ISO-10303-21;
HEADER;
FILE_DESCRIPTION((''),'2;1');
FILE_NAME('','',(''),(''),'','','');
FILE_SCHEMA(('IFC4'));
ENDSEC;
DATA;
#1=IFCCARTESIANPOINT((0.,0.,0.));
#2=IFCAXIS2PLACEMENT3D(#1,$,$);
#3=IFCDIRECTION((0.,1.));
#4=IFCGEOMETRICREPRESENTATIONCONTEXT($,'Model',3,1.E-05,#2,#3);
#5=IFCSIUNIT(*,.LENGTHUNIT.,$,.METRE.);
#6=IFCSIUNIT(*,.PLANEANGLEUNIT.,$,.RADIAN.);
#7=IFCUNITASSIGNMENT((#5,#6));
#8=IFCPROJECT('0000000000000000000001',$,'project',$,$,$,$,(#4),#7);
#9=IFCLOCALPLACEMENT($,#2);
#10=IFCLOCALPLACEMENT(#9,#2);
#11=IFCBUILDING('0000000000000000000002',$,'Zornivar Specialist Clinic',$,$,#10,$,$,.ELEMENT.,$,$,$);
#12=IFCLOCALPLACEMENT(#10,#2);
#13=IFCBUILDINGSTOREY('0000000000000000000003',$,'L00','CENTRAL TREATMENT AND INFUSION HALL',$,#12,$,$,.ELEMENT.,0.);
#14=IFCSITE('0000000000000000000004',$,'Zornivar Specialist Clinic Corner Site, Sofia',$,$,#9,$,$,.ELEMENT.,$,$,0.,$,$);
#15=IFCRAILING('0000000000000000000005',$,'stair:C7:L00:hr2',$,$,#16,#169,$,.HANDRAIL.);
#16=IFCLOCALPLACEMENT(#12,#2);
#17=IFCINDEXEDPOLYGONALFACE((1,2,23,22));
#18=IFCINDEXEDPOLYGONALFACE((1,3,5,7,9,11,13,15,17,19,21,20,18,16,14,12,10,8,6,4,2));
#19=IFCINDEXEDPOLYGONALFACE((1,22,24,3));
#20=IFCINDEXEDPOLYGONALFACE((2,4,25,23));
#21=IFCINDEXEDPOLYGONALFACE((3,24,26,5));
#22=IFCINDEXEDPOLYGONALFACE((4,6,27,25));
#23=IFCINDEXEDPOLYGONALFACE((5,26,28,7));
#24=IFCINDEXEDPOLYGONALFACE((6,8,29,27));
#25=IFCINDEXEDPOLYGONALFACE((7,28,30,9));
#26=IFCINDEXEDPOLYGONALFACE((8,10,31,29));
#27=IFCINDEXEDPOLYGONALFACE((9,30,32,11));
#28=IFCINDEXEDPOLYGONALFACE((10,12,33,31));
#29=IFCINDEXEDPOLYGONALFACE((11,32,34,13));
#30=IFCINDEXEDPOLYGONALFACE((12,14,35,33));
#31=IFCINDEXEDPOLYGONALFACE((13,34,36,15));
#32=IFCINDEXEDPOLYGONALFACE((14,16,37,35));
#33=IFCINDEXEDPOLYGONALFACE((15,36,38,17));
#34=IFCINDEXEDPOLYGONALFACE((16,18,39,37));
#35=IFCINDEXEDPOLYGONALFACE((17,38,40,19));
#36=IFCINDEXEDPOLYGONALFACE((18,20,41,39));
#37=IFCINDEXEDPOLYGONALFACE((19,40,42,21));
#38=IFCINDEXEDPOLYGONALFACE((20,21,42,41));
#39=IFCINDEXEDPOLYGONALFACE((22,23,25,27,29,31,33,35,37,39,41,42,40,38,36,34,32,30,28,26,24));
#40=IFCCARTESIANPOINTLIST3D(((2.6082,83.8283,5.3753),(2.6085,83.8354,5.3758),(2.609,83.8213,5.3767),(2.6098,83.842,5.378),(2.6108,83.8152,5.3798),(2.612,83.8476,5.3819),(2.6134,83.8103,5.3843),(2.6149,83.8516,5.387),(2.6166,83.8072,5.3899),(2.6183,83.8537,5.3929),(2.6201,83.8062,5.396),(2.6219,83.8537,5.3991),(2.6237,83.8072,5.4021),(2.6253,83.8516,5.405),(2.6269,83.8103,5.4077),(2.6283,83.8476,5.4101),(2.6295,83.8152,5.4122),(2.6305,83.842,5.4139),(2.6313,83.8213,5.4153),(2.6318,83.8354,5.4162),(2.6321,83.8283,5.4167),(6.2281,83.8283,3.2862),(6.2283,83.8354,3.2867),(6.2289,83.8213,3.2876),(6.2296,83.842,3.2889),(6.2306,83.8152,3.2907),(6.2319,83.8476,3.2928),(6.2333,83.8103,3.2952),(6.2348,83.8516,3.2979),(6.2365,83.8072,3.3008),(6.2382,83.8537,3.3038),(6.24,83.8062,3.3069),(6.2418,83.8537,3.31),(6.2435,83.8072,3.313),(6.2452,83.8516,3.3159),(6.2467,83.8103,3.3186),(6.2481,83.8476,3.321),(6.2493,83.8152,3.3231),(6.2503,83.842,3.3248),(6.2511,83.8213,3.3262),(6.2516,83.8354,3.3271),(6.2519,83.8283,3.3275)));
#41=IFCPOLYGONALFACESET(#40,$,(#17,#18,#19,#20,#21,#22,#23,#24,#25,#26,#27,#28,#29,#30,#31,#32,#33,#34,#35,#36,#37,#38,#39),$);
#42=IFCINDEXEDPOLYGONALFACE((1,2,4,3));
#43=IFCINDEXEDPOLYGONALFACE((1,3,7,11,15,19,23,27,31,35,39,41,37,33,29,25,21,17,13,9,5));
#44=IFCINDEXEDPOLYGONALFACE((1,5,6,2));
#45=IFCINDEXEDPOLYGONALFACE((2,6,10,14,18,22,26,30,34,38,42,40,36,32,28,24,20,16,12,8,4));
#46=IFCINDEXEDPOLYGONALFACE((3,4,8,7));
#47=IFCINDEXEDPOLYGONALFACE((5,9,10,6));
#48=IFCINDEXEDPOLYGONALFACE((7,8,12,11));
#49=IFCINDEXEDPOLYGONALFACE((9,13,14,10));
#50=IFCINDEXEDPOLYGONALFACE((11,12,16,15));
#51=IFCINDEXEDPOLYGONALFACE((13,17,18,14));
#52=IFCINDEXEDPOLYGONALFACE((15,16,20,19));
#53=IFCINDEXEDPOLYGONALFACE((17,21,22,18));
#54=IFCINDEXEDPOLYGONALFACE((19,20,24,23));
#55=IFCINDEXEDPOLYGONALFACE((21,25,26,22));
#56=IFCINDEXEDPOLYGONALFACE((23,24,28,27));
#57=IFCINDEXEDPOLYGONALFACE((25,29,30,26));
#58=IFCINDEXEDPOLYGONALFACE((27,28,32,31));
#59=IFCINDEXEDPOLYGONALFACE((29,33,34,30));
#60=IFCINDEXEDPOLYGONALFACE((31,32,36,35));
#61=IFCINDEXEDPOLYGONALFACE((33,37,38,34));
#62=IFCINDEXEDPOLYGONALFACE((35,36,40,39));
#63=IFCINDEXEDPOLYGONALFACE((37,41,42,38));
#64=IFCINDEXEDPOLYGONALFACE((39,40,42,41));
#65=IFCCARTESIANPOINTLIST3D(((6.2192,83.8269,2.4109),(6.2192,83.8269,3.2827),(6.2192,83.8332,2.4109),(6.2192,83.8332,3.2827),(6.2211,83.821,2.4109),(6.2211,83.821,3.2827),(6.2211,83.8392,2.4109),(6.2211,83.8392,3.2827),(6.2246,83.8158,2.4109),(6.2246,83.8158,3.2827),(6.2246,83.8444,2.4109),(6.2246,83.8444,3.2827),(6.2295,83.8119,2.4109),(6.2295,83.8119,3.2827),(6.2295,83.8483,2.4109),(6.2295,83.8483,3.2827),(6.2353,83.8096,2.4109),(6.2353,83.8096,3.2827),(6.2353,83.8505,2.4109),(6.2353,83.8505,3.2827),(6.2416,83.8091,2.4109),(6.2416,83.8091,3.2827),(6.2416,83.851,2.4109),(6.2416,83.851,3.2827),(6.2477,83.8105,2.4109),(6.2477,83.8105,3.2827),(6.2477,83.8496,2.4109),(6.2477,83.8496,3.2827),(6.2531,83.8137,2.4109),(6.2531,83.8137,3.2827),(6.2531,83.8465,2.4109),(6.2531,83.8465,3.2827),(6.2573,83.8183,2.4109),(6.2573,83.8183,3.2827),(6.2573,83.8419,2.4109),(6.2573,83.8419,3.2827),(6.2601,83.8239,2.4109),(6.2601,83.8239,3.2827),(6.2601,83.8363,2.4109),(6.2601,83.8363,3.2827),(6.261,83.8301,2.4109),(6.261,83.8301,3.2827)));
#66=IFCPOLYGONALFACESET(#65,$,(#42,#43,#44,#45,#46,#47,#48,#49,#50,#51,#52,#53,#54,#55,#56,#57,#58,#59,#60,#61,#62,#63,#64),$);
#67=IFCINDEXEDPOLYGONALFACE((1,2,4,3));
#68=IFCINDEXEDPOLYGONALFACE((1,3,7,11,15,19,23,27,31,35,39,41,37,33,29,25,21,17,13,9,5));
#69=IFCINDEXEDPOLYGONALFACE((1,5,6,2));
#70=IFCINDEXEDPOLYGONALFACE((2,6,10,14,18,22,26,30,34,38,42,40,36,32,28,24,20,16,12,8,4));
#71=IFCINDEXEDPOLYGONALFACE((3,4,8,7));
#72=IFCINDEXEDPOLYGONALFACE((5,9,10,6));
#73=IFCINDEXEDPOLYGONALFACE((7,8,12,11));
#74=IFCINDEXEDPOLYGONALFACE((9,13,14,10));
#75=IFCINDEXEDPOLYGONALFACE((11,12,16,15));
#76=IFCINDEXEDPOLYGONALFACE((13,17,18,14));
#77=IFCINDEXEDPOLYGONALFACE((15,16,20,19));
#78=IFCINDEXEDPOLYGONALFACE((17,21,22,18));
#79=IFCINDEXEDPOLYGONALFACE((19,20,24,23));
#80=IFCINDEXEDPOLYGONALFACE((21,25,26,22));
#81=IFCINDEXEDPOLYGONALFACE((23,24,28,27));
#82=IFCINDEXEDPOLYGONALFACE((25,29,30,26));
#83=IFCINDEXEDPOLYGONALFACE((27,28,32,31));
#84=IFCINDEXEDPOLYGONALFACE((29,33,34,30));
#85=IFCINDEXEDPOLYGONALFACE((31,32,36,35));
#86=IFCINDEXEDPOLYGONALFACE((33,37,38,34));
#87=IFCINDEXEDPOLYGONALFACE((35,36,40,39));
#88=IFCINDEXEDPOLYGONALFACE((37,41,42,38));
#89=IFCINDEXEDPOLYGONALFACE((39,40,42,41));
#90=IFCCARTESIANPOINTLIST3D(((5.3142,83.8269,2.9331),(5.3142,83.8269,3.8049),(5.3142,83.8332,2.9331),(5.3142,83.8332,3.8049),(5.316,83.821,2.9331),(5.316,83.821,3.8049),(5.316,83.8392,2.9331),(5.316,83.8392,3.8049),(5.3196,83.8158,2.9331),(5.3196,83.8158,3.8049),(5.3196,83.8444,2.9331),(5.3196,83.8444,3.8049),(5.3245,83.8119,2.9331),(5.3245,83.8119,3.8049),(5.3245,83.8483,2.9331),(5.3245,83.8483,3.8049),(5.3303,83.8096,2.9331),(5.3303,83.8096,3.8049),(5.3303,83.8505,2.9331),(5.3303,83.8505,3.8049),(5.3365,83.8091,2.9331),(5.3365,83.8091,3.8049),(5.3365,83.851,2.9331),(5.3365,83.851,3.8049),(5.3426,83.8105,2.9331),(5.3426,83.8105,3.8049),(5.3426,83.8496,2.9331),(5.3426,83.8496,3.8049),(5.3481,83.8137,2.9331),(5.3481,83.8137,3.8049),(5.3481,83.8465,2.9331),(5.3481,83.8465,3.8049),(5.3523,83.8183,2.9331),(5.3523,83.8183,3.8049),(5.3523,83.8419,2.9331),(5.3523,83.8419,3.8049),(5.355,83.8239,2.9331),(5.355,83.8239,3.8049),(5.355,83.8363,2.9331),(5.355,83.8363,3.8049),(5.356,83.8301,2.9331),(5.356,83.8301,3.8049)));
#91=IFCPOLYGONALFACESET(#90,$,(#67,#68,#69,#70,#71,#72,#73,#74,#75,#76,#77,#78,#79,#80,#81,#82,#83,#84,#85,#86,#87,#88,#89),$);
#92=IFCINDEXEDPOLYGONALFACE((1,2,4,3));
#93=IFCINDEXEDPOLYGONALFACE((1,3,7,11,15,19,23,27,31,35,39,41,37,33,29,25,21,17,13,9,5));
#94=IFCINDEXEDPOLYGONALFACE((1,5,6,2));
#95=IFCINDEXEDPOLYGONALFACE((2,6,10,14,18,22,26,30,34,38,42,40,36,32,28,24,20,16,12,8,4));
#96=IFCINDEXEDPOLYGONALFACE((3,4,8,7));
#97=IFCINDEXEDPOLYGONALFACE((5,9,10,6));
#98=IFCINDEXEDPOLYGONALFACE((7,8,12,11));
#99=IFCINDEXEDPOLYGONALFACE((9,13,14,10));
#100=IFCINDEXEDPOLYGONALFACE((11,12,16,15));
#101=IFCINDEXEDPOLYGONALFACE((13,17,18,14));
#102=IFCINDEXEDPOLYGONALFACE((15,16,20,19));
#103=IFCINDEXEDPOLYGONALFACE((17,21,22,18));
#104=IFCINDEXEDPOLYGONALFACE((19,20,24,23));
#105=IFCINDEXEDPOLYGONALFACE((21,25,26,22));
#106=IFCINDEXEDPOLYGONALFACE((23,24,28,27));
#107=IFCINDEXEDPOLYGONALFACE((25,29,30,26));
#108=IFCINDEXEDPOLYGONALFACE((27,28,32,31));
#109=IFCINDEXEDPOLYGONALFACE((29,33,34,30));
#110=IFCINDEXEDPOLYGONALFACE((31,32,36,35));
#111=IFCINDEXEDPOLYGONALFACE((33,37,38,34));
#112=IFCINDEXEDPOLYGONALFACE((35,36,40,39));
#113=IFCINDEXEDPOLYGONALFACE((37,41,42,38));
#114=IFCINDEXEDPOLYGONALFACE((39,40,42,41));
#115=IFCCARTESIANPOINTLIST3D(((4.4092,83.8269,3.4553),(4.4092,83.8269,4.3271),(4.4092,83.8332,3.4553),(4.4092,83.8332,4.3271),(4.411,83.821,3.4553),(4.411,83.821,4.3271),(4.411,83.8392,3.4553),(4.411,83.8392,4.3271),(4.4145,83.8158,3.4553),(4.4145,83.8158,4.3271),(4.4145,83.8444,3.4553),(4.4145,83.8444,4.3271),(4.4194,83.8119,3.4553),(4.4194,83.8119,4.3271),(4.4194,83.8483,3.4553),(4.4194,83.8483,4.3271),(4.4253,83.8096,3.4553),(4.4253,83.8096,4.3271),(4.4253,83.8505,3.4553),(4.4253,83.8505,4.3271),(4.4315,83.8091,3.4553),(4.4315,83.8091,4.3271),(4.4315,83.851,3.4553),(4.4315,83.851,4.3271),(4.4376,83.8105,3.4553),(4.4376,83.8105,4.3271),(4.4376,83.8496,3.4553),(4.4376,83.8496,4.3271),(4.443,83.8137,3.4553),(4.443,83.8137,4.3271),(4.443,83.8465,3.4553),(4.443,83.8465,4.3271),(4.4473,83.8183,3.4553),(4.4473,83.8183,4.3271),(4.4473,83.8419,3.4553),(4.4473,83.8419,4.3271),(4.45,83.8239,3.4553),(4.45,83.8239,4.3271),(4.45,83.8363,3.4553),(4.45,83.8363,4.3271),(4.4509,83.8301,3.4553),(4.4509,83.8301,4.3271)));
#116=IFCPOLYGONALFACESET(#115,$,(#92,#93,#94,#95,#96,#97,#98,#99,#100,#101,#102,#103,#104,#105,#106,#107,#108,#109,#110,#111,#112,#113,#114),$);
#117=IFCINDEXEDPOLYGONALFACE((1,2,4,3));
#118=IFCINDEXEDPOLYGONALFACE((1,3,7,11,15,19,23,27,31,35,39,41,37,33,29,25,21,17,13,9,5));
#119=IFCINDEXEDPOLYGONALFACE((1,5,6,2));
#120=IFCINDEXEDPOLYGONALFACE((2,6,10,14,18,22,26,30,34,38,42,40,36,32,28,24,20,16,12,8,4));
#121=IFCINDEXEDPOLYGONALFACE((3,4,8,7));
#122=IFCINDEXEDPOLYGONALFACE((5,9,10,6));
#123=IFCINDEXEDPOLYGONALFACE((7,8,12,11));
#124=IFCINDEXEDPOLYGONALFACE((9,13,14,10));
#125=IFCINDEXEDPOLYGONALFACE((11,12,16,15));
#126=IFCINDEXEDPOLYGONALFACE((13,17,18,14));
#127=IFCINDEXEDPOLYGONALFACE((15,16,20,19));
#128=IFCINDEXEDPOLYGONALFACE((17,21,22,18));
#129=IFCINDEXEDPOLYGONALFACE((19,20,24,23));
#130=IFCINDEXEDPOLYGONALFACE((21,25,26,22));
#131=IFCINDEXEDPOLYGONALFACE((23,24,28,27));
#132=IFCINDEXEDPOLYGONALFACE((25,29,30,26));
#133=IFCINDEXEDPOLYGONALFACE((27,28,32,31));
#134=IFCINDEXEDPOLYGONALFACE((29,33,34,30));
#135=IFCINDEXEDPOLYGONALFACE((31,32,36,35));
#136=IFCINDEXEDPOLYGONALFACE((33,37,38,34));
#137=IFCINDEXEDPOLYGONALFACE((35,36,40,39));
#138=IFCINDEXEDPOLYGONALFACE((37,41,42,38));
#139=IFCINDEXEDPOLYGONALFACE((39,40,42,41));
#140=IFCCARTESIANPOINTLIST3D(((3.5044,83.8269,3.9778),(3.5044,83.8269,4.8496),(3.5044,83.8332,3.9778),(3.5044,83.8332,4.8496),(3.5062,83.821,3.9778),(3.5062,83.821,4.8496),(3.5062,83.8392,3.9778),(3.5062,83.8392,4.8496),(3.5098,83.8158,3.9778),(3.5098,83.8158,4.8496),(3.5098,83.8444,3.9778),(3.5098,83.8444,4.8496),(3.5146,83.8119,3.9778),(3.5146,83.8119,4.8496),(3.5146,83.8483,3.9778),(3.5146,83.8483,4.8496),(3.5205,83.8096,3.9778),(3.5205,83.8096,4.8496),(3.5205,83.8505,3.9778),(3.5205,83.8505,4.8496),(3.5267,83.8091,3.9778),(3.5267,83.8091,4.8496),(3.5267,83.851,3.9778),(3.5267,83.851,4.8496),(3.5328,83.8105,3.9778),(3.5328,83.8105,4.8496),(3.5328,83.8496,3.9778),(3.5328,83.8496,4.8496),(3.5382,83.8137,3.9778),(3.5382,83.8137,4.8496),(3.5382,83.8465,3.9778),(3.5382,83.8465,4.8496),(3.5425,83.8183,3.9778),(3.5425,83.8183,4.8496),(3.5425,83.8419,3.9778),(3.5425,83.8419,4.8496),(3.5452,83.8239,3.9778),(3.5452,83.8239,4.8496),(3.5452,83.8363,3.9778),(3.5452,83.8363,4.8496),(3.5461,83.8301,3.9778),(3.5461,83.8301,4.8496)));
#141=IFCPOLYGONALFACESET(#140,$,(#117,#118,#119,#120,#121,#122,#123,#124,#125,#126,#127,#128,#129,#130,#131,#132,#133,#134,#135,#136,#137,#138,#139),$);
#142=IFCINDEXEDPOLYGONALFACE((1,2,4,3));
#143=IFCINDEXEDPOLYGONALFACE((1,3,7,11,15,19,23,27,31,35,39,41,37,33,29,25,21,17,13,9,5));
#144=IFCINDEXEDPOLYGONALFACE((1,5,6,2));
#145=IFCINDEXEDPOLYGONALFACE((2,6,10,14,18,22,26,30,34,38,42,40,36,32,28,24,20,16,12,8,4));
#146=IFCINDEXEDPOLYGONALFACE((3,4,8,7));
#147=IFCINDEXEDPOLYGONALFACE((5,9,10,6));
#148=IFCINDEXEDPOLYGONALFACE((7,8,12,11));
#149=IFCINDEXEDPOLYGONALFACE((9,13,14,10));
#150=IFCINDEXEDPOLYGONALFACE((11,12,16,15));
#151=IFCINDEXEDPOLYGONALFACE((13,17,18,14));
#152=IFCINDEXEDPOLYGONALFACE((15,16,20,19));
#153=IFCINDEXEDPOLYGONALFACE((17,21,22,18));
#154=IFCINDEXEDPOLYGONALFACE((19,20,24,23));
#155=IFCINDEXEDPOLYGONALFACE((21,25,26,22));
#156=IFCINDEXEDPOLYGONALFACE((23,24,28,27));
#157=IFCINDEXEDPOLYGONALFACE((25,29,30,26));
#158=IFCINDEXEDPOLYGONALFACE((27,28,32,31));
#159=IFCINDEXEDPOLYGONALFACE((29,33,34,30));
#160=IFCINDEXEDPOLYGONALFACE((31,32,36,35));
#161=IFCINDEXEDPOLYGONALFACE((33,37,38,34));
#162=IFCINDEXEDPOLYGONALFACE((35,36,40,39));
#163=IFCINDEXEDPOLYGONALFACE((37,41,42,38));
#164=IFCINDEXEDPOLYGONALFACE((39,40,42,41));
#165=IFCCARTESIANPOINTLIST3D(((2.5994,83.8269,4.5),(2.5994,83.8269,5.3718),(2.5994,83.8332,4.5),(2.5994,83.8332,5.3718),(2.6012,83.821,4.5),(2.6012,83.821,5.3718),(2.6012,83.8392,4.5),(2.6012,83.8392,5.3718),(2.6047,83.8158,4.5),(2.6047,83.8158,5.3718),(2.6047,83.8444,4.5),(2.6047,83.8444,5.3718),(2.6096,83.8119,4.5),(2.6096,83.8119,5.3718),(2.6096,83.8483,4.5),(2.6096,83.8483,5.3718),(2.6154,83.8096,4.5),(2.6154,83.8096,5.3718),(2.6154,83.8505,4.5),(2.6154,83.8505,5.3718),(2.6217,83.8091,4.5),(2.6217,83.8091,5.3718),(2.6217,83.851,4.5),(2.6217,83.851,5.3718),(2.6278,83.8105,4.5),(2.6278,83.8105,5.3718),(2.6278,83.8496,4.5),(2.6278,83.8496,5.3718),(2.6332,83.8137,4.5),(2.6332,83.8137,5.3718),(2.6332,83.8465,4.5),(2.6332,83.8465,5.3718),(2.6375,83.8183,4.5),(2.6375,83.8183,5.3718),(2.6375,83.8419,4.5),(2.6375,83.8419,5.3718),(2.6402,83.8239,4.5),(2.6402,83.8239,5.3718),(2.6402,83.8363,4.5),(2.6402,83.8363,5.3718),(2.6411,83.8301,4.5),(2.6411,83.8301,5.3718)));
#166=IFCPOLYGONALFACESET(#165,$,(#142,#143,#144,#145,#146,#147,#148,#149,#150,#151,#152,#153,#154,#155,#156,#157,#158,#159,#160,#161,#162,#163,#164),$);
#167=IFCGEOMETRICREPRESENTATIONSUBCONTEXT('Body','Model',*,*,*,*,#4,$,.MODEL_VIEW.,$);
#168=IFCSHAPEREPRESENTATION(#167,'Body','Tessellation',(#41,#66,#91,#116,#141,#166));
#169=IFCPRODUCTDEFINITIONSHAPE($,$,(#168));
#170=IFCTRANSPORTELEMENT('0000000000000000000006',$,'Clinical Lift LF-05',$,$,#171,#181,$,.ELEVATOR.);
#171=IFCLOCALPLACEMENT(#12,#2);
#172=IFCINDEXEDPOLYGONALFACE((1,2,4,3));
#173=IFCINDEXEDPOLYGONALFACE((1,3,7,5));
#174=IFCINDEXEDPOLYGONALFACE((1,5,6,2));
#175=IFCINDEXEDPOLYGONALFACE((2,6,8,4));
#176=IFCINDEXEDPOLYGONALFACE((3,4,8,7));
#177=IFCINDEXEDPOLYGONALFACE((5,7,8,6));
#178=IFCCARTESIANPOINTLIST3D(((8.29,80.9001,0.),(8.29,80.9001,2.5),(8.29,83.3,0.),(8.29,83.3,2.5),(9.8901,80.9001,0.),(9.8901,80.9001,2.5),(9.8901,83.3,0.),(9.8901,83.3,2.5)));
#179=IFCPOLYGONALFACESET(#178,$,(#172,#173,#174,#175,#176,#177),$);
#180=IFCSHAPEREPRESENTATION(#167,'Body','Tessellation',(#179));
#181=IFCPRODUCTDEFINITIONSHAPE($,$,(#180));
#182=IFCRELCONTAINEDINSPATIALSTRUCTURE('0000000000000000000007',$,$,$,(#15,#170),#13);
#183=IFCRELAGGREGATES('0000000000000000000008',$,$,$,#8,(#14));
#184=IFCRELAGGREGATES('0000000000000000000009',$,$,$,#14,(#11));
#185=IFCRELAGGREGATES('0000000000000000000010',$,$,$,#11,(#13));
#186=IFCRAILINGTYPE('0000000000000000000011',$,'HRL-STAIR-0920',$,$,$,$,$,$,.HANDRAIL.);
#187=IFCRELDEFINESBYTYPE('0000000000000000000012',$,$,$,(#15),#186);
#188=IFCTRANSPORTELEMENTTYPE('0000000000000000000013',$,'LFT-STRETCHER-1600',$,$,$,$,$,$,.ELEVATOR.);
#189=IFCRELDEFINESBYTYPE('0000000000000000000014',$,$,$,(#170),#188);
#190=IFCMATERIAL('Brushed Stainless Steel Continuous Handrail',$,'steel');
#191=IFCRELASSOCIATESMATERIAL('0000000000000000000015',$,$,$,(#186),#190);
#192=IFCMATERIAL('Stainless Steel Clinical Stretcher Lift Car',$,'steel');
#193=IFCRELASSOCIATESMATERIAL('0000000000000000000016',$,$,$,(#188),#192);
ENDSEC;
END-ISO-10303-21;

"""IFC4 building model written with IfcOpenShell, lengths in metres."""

from ifc_helpers import new_model, si_unit, direction, frame, origin, origin_2d, place, context, subcontext, project, spatial, rectangle, circle, extrude, material, type_object, element, save


model = new_model("IFC4")

# Units and contexts
model_context = context("Model", 3, precision=1e-05, world=origin(), true_north=direction((0.0, 1.0)))
body_context = subcontext(model_context, "Body", "Model", "MODEL_VIEW")
ifc_project = project(units=[si_unit("LENGTHUNIT", "METRE"), si_unit("PLANEANGLEUNIT", "RADIAN")], contexts=[model_context])

# Site, building, storey
site_placement = place(None, origin())
site = spatial("IfcSite", under=ifc_project, at=site_placement, Name="Zornivar Specialist Clinic Corner Site, Sofia", CompositionType="ELEMENT", RefElevation=0.0)
building_placement = place(site_placement, origin())
building = spatial("IfcBuilding", under=site, at=building_placement, Name="Zornivar Specialist Clinic", CompositionType="ELEMENT")
storey_placement = place(building_placement, origin())
storey = spatial("IfcBuildingStorey", under=building, at=storey_placement, Name="L00", Description="CENTRAL TREATMENT AND INFUSION HALL", CompositionType="ELEMENT", Elevation=0.0)

# Railing
ifc_material_1 = material(Name="Brushed Stainless Steel Continuous Handrail", Category="steel")
railing_type_1 = type_object("IfcRailingType", Name="HRL-STAIR-0920", PredefinedType="HANDRAIL", material=ifc_material_1)
railing_1_placement = place(storey_placement, frame((6.24, 83.8301, 2.4109)))
element("IfcRailing", 1, at=railing_1_placement, inside=storey, type_object=railing_type_1, Name="stair:C7:L00:hr2", PredefinedType="HANDRAIL", context=body_context, shape_type="SweptSolid", body=[
    extrude(circle(Radius=0.0239, at=origin_2d()), frame((0.0, 0.0, 0.896), z_axis=(-0.866111, 0.0, 0.499852), x_axis=(0.0, -1.0, 0.0)), (0.0, 0.0, 1.0), 4.1794),
    extrude(circle(Radius=0.021, at=origin_2d()), origin(), (0.0, 0.0, 1.0), 0.8718),
    extrude(circle(Radius=0.021, at=origin_2d()), frame((-0.905, 0.0, 0.5222)), (0.0, 0.0, 1.0), 0.8718),
    extrude(circle(Radius=0.021, at=origin_2d()), frame((-1.8101, 0.0, 1.0444)), (0.0, 0.0, 1.0), 0.8718),
    extrude(circle(Radius=0.021, at=origin_2d()), frame((-2.7148, 0.0, 1.5669)), (0.0, 0.0, 1.0), 0.8718),
    extrude(circle(Radius=0.021, at=origin_2d()), frame((-3.6199, 0.0, 2.0891)), (0.0, 0.0, 1.0), 0.8718),
])

# Transport element
ifc_material_2 = material(Name="Stainless Steel Clinical Stretcher Lift Car", Category="steel")
transport_element_type = type_object("IfcTransportElementType", Name="LFT-STRETCHER-1600", PredefinedType="ELEVATOR", material=ifc_material_2)
transport_element_placement = place(storey_placement, frame((9.0901, 82.1001, 0.0), z_axis=(0.0, 0.0, 1.0), x_axis=(1.0, 0.0, 0.0)))
element("IfcTransportElement", 2, at=transport_element_placement, inside=storey, type_object=transport_element_type, Name="Clinical Lift LF-05", PredefinedType="ELEVATOR", context=body_context, shape_type="SweptSolid", body=[
    extrude(rectangle(XDim=1.6001, YDim=2.3999, at=origin_2d()), origin(), (0.0, 0.0, 1.0), 2.5),
])

save(model, "model.ifc")
